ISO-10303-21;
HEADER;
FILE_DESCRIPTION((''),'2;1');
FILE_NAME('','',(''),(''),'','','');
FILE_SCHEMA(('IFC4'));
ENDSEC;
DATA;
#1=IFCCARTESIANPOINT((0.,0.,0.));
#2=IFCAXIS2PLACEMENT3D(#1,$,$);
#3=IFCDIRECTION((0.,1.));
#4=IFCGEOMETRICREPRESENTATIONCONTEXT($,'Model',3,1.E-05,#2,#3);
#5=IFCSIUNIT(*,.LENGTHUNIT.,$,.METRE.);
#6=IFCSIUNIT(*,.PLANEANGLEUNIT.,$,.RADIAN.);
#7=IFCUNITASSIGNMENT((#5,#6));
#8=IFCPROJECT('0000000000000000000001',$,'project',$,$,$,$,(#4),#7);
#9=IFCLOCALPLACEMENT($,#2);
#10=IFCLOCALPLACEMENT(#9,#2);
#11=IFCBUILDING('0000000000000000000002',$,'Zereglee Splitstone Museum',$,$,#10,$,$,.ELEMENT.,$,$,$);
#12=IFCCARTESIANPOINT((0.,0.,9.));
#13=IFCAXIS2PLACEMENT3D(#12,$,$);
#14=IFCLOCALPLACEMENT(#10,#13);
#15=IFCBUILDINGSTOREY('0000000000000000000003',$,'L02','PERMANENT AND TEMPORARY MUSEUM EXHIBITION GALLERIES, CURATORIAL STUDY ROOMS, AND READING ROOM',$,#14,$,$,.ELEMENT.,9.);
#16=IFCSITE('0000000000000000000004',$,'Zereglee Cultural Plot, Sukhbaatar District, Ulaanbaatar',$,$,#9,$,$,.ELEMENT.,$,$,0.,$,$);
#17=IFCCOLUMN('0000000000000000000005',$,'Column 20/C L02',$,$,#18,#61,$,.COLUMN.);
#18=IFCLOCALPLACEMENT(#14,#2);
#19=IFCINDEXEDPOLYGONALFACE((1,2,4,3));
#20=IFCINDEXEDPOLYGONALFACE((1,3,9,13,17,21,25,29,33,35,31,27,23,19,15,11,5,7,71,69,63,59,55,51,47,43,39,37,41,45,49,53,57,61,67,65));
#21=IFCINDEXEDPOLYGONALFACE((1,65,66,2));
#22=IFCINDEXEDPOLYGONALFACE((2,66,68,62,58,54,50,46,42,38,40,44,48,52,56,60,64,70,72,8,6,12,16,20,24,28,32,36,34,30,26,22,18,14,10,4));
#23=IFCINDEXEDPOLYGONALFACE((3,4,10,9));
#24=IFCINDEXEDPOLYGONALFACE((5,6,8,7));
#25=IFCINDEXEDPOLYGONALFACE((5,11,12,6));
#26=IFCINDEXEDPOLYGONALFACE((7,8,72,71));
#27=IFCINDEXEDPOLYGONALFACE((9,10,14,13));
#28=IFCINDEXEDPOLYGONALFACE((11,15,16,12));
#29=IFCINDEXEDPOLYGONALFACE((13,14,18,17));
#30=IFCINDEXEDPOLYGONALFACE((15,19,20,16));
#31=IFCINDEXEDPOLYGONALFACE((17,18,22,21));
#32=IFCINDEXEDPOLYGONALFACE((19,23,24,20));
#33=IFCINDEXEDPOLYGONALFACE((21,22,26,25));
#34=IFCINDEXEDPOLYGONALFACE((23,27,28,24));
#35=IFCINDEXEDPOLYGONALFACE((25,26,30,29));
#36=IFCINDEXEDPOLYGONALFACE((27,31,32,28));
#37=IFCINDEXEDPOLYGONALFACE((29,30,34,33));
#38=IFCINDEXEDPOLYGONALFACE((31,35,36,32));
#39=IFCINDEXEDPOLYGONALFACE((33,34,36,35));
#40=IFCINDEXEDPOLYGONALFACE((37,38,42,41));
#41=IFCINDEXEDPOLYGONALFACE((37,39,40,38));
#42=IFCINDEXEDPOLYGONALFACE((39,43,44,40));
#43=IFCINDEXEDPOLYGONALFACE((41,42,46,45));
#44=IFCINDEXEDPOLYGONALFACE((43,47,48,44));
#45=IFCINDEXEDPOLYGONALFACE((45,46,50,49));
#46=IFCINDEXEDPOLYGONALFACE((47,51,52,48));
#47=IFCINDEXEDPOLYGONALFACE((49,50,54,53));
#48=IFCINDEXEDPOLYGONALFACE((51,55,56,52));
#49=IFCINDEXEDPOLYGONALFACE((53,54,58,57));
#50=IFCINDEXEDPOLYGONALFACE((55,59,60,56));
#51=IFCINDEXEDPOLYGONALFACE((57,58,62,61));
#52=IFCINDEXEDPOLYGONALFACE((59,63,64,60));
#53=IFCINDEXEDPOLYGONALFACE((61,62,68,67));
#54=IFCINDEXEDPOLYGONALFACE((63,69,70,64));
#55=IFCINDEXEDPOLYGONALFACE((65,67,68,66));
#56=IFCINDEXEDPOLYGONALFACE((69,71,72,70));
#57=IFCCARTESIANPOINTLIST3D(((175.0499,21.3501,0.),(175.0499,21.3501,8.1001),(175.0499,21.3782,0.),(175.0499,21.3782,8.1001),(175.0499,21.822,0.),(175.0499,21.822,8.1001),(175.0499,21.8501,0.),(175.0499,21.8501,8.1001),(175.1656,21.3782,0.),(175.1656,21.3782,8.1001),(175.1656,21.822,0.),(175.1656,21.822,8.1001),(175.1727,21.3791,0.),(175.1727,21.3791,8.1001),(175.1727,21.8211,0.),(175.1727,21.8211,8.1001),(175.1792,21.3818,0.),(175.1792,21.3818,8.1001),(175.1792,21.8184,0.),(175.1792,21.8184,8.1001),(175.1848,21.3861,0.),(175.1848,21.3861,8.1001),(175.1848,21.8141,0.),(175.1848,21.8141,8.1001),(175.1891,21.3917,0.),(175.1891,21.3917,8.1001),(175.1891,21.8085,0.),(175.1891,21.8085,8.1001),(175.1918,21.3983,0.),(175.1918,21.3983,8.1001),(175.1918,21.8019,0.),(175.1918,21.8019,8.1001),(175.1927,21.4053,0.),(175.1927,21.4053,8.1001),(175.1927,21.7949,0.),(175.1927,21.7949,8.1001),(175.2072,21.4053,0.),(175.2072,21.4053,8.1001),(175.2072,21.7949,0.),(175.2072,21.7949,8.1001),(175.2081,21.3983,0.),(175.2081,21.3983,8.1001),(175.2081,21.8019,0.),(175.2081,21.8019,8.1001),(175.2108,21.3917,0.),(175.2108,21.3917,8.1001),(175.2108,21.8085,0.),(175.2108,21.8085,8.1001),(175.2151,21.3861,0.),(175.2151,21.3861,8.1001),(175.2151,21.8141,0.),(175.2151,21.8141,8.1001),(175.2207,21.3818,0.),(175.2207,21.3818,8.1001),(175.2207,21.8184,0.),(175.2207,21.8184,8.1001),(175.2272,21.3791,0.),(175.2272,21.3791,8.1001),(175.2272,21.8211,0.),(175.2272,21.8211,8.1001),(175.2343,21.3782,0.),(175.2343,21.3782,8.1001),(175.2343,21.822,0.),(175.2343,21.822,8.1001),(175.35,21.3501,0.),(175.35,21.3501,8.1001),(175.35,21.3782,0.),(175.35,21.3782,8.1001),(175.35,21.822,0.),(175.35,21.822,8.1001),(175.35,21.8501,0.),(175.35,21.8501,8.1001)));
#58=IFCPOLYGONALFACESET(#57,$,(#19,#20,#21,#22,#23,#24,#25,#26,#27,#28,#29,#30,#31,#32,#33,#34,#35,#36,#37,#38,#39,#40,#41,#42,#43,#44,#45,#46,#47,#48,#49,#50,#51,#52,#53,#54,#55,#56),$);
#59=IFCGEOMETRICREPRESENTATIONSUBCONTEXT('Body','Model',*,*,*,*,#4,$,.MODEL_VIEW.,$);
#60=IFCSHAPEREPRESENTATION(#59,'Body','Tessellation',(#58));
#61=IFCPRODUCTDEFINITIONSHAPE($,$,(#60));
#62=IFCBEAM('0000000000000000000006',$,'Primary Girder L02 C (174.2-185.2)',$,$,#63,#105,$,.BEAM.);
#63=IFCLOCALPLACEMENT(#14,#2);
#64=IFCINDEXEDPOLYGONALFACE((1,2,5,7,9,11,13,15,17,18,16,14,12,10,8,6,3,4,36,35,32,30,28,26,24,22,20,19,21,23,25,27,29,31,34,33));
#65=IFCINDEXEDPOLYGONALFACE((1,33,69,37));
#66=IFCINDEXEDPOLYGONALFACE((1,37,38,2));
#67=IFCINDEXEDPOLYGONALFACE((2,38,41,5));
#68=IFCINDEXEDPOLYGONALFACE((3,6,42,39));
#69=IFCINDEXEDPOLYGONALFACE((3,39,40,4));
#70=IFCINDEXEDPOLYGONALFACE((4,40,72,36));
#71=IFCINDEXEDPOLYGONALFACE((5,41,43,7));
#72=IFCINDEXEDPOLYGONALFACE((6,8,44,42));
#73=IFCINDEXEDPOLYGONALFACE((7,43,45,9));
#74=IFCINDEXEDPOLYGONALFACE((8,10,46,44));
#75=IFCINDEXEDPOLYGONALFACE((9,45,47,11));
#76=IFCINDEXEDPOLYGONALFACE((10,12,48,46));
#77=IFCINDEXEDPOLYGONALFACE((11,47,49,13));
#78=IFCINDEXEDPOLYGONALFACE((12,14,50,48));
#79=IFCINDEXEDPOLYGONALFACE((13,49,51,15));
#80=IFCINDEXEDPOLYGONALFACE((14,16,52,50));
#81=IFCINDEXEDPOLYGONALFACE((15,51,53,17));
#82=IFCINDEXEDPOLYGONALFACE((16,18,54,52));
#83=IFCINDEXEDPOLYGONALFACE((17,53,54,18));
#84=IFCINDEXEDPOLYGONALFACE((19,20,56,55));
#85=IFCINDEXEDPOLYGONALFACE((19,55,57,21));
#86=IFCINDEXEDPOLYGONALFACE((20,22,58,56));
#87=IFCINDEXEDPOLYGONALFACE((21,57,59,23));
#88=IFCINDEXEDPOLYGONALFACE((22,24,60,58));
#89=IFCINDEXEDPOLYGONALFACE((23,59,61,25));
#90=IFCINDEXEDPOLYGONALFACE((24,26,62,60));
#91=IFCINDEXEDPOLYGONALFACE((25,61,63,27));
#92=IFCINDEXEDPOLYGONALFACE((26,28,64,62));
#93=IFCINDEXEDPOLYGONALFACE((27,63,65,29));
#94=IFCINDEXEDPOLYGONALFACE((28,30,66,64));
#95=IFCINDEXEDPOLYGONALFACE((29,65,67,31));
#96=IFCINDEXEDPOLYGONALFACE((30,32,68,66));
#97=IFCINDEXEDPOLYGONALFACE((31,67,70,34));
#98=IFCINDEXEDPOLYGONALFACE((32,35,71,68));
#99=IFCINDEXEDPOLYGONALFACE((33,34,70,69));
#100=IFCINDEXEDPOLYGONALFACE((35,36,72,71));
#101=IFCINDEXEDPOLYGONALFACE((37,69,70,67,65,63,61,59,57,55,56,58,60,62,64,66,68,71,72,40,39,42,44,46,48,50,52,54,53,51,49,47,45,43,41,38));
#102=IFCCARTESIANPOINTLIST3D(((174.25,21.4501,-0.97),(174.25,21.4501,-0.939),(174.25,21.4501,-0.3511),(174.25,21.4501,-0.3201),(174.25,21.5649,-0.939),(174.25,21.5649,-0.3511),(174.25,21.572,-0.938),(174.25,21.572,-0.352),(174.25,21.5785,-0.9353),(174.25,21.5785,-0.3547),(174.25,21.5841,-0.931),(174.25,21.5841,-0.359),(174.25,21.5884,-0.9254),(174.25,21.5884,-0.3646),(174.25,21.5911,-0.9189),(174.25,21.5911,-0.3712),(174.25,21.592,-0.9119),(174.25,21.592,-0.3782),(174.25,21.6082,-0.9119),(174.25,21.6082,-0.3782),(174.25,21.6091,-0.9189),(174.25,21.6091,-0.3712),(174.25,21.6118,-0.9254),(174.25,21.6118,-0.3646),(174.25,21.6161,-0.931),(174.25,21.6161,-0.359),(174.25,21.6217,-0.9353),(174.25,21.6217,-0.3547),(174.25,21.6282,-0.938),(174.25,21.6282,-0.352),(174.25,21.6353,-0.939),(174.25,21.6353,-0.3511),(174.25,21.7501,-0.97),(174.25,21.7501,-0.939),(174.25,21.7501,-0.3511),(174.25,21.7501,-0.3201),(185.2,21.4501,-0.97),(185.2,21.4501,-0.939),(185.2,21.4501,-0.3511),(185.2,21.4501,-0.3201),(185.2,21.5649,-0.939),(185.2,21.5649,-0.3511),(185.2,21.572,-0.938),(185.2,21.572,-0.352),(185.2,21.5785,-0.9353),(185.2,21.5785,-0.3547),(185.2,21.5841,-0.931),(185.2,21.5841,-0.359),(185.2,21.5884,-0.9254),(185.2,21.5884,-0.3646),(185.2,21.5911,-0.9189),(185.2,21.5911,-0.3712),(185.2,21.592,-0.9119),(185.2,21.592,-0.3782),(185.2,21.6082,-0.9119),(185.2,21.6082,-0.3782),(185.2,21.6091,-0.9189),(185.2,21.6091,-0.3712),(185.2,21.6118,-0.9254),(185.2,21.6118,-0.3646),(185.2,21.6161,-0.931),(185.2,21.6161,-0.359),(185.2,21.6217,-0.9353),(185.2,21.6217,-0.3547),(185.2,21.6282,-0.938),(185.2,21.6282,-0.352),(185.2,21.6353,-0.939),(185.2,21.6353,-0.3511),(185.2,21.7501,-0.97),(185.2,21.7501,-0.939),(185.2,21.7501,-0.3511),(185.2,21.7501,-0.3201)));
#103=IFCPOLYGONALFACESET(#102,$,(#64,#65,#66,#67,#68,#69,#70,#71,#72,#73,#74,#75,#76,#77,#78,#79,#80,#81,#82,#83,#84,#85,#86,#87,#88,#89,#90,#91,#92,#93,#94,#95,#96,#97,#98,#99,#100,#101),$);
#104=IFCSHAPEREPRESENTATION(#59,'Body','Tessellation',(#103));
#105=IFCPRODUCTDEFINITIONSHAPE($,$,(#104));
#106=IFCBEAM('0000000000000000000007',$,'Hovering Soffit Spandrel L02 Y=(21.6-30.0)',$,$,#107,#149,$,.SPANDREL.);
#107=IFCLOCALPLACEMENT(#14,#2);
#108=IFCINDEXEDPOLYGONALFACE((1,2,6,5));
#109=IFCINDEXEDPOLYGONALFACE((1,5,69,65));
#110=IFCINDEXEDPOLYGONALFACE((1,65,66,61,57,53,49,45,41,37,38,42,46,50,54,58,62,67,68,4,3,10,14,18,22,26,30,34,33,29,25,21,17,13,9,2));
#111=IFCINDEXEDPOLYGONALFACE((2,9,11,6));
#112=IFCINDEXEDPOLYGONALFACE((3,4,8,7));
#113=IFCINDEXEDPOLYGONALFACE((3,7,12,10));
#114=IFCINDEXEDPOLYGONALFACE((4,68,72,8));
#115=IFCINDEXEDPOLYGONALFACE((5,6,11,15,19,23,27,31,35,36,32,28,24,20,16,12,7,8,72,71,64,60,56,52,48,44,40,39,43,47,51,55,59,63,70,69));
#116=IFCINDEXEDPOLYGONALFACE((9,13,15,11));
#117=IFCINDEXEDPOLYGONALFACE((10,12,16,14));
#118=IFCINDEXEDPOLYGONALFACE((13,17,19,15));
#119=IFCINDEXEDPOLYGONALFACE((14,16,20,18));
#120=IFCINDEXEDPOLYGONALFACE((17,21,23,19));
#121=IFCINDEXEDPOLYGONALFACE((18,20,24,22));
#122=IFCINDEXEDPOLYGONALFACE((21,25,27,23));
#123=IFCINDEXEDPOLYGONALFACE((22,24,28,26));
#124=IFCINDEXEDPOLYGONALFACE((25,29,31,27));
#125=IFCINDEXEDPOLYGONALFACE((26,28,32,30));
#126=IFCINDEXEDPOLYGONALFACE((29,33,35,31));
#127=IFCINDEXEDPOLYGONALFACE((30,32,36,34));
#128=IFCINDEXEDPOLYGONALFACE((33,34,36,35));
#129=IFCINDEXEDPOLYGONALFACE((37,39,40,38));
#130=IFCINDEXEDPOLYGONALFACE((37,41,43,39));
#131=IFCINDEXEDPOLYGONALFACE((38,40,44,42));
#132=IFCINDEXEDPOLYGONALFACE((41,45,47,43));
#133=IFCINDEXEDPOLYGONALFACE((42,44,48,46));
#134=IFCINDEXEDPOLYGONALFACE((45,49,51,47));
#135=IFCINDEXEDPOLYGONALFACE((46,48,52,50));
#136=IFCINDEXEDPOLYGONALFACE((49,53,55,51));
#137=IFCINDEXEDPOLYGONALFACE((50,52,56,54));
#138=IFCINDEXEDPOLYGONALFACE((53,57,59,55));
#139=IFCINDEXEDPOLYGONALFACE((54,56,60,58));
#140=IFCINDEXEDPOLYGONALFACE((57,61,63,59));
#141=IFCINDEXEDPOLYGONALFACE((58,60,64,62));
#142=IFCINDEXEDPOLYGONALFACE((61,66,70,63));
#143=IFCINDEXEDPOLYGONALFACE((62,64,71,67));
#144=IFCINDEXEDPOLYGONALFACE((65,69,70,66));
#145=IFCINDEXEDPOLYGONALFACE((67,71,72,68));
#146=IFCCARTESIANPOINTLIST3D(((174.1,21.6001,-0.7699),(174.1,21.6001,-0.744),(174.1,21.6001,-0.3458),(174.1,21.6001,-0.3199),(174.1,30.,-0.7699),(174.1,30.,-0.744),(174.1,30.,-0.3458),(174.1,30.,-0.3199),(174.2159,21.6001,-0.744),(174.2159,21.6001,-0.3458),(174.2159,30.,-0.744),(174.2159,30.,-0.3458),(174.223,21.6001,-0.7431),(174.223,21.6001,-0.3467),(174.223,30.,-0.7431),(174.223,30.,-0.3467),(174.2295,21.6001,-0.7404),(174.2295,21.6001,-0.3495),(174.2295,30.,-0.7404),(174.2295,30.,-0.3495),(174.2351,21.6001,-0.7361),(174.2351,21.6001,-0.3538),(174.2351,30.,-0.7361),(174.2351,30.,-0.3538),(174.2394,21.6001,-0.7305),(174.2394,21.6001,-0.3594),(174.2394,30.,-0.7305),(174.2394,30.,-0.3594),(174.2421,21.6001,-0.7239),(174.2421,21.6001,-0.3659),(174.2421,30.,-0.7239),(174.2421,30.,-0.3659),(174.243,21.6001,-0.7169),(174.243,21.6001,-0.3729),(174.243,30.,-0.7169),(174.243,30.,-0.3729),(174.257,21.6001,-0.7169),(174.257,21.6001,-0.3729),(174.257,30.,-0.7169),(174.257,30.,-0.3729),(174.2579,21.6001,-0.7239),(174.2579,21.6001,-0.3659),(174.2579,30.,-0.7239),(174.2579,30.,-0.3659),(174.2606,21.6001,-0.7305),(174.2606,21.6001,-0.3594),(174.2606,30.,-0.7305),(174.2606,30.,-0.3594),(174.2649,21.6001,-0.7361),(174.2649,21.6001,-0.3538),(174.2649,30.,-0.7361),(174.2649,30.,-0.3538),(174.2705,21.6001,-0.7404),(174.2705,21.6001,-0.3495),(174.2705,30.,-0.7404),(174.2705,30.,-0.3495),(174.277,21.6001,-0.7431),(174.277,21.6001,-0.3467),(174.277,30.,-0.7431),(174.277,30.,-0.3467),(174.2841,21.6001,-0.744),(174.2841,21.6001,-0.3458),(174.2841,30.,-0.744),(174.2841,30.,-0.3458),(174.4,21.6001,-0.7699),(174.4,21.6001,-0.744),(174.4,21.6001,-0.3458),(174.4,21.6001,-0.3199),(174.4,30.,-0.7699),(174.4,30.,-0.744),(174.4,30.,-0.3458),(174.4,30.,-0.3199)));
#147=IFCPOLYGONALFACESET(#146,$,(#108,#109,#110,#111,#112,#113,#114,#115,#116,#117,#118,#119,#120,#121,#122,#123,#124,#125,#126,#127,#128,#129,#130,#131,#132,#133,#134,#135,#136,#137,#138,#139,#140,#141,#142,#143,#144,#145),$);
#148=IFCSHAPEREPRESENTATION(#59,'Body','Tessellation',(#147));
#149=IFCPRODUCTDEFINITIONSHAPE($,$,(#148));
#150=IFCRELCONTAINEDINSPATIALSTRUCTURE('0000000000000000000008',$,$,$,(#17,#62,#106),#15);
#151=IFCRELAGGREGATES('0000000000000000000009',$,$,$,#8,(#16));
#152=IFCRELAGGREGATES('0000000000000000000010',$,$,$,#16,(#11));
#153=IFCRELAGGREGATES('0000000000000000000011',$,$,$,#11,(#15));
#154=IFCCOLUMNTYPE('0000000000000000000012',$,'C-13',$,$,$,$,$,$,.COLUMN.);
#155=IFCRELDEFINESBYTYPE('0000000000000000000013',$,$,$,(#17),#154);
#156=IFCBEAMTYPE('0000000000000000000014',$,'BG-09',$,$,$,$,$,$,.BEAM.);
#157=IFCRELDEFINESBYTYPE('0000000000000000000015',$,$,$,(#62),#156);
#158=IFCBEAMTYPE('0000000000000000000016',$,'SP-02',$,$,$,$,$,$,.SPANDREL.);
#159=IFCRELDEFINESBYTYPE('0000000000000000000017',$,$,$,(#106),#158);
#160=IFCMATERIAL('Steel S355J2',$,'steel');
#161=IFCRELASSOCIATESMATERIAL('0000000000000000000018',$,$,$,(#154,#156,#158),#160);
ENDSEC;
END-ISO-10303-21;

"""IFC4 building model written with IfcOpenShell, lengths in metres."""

from ifc_helpers import new_model, si_unit, direction, frame, origin, origin_2d, place, context, subcontext, project, spatial, i_section, extrude, material, material_profile, profile_set, type_object, element, save


model = new_model("IFC4")

# Units and contexts
model_context = context("Model", 3, precision=1e-05, world=origin(), true_north=direction((0.0, 1.0)))
body_context = subcontext(model_context, "Body", "Model", "MODEL_VIEW")
ifc_project = project(units=[si_unit("LENGTHUNIT", "METRE"), si_unit("PLANEANGLEUNIT", "RADIAN")], contexts=[model_context])

# Site, building, storey
site_placement = place(None, origin())
site = spatial("IfcSite", under=ifc_project, at=site_placement, Name="Zereglee Cultural Plot, Sukhbaatar District, Ulaanbaatar", CompositionType="ELEMENT", RefElevation=0.0)
building_placement = place(site_placement, origin())
building = spatial("IfcBuilding", under=site, at=building_placement, Name="Zereglee Splitstone Museum", CompositionType="ELEMENT")
storey_placement = place(building_placement, frame((0.0, 0.0, 9.0)))
storey = spatial("IfcBuildingStorey", under=building, at=storey_placement, Name="L02", Description="PERMANENT AND TEMPORARY MUSEUM EXHIBITION GALLERIES, CURATORIAL STUDY ROOMS, AND READING ROOM", CompositionType="ELEMENT", Elevation=9.0)

# Column
ifc_material_1 = material(Name="Steel S355J2", Category="steel")
ifc_material_profile_1 = material_profile(ifc_material_1, i_section(OverallWidth=0.3, OverallDepth=0.5, WebThickness=0.0144, FlangeThickness=0.0281, FilletRadius=0.0271, at=origin_2d()), Name="HE 500 B")
ifc_profile_set_1 = profile_set([ifc_material_profile_1], Name="Steel S355J2")
column_type = type_object("IfcColumnType", Name="C-13", PredefinedType="COLUMN", material=ifc_profile_set_1)
column_placement = place(storey_placement, frame((175.2, 21.6001, 0.0), z_axis=(0.0, 0.0, 1.0), x_axis=(1.0, 0.0, 0.0)))
element("IfcColumn", 1, at=column_placement, inside=storey, type_object=column_type, Name="Column 20/C L02", PredefinedType="COLUMN", context=body_context, shape_type="SweptSolid", body=[
    extrude(i_section(OverallWidth=0.3, OverallDepth=0.5, WebThickness=0.0144, FlangeThickness=0.0281, FilletRadius=0.0271, at=origin_2d()), origin(), (0.0, 0.0, 1.0), 8.1001),
])

# Beams
ifc_material_profile_2 = material_profile(ifc_material_1, i_section(OverallWidth=0.3, OverallDepth=0.6499, WebThickness=0.0161, FlangeThickness=0.031, FilletRadius=0.0271, at=origin_2d()), Name="HE 650 B")
ifc_profile_set_2 = profile_set([ifc_material_profile_2], Name="Steel S355J2")
beam_type_1 = type_object("IfcBeamType", Name="BG-09", PredefinedType="BEAM", material=ifc_profile_set_2)
beam_1_placement = place(storey_placement, frame((174.25, 21.6001, -0.645), z_axis=(1.0, 0.0, 0.0), x_axis=(0.0, 1.0, 0.0)))
element("IfcBeam", 2, at=beam_1_placement, inside=storey, type_object=beam_type_1, Name="Primary Girder L02 C (174.2-185.2)", PredefinedType="BEAM", context=body_context, shape_type="SweptSolid", body=[
    extrude(i_section(OverallWidth=0.3, OverallDepth=0.6499, WebThickness=0.0161, FlangeThickness=0.031, FilletRadius=0.0271, at=origin_2d()), origin(), (0.0, 0.0, 1.0), 10.95),
])
ifc_material_profile_3 = material_profile(ifc_material_1, i_section(OverallWidth=0.3, OverallDepth=0.45, WebThickness=0.0139, FlangeThickness=0.0259, FilletRadius=0.0271, at=origin_2d()), Name="HE 450 B")
ifc_profile_set_3 = profile_set([ifc_material_profile_3], Name="Steel S355J2")
beam_type_2 = type_object("IfcBeamType", Name="SP-02", PredefinedType="SPANDREL", material=ifc_profile_set_3)
beam_2_placement = place(storey_placement, frame((174.25, 21.6001, -0.5449), z_axis=(0.0, 1.0, 0.0), x_axis=(-1.0, 0.0, 0.0)))
element("IfcBeam", 3, at=beam_2_placement, inside=storey, type_object=beam_type_2, Name="Hovering Soffit Spandrel L02 Y=(21.6-30.0)", PredefinedType="SPANDREL", context=body_context, shape_type="SweptSolid", body=[
    extrude(i_section(OverallWidth=0.3, OverallDepth=0.45, WebThickness=0.0139, FlangeThickness=0.0259, FilletRadius=0.0271, at=origin_2d()), origin(), (0.0, 0.0, 1.0), 8.3999),
])

save(model, "model.ifc")
